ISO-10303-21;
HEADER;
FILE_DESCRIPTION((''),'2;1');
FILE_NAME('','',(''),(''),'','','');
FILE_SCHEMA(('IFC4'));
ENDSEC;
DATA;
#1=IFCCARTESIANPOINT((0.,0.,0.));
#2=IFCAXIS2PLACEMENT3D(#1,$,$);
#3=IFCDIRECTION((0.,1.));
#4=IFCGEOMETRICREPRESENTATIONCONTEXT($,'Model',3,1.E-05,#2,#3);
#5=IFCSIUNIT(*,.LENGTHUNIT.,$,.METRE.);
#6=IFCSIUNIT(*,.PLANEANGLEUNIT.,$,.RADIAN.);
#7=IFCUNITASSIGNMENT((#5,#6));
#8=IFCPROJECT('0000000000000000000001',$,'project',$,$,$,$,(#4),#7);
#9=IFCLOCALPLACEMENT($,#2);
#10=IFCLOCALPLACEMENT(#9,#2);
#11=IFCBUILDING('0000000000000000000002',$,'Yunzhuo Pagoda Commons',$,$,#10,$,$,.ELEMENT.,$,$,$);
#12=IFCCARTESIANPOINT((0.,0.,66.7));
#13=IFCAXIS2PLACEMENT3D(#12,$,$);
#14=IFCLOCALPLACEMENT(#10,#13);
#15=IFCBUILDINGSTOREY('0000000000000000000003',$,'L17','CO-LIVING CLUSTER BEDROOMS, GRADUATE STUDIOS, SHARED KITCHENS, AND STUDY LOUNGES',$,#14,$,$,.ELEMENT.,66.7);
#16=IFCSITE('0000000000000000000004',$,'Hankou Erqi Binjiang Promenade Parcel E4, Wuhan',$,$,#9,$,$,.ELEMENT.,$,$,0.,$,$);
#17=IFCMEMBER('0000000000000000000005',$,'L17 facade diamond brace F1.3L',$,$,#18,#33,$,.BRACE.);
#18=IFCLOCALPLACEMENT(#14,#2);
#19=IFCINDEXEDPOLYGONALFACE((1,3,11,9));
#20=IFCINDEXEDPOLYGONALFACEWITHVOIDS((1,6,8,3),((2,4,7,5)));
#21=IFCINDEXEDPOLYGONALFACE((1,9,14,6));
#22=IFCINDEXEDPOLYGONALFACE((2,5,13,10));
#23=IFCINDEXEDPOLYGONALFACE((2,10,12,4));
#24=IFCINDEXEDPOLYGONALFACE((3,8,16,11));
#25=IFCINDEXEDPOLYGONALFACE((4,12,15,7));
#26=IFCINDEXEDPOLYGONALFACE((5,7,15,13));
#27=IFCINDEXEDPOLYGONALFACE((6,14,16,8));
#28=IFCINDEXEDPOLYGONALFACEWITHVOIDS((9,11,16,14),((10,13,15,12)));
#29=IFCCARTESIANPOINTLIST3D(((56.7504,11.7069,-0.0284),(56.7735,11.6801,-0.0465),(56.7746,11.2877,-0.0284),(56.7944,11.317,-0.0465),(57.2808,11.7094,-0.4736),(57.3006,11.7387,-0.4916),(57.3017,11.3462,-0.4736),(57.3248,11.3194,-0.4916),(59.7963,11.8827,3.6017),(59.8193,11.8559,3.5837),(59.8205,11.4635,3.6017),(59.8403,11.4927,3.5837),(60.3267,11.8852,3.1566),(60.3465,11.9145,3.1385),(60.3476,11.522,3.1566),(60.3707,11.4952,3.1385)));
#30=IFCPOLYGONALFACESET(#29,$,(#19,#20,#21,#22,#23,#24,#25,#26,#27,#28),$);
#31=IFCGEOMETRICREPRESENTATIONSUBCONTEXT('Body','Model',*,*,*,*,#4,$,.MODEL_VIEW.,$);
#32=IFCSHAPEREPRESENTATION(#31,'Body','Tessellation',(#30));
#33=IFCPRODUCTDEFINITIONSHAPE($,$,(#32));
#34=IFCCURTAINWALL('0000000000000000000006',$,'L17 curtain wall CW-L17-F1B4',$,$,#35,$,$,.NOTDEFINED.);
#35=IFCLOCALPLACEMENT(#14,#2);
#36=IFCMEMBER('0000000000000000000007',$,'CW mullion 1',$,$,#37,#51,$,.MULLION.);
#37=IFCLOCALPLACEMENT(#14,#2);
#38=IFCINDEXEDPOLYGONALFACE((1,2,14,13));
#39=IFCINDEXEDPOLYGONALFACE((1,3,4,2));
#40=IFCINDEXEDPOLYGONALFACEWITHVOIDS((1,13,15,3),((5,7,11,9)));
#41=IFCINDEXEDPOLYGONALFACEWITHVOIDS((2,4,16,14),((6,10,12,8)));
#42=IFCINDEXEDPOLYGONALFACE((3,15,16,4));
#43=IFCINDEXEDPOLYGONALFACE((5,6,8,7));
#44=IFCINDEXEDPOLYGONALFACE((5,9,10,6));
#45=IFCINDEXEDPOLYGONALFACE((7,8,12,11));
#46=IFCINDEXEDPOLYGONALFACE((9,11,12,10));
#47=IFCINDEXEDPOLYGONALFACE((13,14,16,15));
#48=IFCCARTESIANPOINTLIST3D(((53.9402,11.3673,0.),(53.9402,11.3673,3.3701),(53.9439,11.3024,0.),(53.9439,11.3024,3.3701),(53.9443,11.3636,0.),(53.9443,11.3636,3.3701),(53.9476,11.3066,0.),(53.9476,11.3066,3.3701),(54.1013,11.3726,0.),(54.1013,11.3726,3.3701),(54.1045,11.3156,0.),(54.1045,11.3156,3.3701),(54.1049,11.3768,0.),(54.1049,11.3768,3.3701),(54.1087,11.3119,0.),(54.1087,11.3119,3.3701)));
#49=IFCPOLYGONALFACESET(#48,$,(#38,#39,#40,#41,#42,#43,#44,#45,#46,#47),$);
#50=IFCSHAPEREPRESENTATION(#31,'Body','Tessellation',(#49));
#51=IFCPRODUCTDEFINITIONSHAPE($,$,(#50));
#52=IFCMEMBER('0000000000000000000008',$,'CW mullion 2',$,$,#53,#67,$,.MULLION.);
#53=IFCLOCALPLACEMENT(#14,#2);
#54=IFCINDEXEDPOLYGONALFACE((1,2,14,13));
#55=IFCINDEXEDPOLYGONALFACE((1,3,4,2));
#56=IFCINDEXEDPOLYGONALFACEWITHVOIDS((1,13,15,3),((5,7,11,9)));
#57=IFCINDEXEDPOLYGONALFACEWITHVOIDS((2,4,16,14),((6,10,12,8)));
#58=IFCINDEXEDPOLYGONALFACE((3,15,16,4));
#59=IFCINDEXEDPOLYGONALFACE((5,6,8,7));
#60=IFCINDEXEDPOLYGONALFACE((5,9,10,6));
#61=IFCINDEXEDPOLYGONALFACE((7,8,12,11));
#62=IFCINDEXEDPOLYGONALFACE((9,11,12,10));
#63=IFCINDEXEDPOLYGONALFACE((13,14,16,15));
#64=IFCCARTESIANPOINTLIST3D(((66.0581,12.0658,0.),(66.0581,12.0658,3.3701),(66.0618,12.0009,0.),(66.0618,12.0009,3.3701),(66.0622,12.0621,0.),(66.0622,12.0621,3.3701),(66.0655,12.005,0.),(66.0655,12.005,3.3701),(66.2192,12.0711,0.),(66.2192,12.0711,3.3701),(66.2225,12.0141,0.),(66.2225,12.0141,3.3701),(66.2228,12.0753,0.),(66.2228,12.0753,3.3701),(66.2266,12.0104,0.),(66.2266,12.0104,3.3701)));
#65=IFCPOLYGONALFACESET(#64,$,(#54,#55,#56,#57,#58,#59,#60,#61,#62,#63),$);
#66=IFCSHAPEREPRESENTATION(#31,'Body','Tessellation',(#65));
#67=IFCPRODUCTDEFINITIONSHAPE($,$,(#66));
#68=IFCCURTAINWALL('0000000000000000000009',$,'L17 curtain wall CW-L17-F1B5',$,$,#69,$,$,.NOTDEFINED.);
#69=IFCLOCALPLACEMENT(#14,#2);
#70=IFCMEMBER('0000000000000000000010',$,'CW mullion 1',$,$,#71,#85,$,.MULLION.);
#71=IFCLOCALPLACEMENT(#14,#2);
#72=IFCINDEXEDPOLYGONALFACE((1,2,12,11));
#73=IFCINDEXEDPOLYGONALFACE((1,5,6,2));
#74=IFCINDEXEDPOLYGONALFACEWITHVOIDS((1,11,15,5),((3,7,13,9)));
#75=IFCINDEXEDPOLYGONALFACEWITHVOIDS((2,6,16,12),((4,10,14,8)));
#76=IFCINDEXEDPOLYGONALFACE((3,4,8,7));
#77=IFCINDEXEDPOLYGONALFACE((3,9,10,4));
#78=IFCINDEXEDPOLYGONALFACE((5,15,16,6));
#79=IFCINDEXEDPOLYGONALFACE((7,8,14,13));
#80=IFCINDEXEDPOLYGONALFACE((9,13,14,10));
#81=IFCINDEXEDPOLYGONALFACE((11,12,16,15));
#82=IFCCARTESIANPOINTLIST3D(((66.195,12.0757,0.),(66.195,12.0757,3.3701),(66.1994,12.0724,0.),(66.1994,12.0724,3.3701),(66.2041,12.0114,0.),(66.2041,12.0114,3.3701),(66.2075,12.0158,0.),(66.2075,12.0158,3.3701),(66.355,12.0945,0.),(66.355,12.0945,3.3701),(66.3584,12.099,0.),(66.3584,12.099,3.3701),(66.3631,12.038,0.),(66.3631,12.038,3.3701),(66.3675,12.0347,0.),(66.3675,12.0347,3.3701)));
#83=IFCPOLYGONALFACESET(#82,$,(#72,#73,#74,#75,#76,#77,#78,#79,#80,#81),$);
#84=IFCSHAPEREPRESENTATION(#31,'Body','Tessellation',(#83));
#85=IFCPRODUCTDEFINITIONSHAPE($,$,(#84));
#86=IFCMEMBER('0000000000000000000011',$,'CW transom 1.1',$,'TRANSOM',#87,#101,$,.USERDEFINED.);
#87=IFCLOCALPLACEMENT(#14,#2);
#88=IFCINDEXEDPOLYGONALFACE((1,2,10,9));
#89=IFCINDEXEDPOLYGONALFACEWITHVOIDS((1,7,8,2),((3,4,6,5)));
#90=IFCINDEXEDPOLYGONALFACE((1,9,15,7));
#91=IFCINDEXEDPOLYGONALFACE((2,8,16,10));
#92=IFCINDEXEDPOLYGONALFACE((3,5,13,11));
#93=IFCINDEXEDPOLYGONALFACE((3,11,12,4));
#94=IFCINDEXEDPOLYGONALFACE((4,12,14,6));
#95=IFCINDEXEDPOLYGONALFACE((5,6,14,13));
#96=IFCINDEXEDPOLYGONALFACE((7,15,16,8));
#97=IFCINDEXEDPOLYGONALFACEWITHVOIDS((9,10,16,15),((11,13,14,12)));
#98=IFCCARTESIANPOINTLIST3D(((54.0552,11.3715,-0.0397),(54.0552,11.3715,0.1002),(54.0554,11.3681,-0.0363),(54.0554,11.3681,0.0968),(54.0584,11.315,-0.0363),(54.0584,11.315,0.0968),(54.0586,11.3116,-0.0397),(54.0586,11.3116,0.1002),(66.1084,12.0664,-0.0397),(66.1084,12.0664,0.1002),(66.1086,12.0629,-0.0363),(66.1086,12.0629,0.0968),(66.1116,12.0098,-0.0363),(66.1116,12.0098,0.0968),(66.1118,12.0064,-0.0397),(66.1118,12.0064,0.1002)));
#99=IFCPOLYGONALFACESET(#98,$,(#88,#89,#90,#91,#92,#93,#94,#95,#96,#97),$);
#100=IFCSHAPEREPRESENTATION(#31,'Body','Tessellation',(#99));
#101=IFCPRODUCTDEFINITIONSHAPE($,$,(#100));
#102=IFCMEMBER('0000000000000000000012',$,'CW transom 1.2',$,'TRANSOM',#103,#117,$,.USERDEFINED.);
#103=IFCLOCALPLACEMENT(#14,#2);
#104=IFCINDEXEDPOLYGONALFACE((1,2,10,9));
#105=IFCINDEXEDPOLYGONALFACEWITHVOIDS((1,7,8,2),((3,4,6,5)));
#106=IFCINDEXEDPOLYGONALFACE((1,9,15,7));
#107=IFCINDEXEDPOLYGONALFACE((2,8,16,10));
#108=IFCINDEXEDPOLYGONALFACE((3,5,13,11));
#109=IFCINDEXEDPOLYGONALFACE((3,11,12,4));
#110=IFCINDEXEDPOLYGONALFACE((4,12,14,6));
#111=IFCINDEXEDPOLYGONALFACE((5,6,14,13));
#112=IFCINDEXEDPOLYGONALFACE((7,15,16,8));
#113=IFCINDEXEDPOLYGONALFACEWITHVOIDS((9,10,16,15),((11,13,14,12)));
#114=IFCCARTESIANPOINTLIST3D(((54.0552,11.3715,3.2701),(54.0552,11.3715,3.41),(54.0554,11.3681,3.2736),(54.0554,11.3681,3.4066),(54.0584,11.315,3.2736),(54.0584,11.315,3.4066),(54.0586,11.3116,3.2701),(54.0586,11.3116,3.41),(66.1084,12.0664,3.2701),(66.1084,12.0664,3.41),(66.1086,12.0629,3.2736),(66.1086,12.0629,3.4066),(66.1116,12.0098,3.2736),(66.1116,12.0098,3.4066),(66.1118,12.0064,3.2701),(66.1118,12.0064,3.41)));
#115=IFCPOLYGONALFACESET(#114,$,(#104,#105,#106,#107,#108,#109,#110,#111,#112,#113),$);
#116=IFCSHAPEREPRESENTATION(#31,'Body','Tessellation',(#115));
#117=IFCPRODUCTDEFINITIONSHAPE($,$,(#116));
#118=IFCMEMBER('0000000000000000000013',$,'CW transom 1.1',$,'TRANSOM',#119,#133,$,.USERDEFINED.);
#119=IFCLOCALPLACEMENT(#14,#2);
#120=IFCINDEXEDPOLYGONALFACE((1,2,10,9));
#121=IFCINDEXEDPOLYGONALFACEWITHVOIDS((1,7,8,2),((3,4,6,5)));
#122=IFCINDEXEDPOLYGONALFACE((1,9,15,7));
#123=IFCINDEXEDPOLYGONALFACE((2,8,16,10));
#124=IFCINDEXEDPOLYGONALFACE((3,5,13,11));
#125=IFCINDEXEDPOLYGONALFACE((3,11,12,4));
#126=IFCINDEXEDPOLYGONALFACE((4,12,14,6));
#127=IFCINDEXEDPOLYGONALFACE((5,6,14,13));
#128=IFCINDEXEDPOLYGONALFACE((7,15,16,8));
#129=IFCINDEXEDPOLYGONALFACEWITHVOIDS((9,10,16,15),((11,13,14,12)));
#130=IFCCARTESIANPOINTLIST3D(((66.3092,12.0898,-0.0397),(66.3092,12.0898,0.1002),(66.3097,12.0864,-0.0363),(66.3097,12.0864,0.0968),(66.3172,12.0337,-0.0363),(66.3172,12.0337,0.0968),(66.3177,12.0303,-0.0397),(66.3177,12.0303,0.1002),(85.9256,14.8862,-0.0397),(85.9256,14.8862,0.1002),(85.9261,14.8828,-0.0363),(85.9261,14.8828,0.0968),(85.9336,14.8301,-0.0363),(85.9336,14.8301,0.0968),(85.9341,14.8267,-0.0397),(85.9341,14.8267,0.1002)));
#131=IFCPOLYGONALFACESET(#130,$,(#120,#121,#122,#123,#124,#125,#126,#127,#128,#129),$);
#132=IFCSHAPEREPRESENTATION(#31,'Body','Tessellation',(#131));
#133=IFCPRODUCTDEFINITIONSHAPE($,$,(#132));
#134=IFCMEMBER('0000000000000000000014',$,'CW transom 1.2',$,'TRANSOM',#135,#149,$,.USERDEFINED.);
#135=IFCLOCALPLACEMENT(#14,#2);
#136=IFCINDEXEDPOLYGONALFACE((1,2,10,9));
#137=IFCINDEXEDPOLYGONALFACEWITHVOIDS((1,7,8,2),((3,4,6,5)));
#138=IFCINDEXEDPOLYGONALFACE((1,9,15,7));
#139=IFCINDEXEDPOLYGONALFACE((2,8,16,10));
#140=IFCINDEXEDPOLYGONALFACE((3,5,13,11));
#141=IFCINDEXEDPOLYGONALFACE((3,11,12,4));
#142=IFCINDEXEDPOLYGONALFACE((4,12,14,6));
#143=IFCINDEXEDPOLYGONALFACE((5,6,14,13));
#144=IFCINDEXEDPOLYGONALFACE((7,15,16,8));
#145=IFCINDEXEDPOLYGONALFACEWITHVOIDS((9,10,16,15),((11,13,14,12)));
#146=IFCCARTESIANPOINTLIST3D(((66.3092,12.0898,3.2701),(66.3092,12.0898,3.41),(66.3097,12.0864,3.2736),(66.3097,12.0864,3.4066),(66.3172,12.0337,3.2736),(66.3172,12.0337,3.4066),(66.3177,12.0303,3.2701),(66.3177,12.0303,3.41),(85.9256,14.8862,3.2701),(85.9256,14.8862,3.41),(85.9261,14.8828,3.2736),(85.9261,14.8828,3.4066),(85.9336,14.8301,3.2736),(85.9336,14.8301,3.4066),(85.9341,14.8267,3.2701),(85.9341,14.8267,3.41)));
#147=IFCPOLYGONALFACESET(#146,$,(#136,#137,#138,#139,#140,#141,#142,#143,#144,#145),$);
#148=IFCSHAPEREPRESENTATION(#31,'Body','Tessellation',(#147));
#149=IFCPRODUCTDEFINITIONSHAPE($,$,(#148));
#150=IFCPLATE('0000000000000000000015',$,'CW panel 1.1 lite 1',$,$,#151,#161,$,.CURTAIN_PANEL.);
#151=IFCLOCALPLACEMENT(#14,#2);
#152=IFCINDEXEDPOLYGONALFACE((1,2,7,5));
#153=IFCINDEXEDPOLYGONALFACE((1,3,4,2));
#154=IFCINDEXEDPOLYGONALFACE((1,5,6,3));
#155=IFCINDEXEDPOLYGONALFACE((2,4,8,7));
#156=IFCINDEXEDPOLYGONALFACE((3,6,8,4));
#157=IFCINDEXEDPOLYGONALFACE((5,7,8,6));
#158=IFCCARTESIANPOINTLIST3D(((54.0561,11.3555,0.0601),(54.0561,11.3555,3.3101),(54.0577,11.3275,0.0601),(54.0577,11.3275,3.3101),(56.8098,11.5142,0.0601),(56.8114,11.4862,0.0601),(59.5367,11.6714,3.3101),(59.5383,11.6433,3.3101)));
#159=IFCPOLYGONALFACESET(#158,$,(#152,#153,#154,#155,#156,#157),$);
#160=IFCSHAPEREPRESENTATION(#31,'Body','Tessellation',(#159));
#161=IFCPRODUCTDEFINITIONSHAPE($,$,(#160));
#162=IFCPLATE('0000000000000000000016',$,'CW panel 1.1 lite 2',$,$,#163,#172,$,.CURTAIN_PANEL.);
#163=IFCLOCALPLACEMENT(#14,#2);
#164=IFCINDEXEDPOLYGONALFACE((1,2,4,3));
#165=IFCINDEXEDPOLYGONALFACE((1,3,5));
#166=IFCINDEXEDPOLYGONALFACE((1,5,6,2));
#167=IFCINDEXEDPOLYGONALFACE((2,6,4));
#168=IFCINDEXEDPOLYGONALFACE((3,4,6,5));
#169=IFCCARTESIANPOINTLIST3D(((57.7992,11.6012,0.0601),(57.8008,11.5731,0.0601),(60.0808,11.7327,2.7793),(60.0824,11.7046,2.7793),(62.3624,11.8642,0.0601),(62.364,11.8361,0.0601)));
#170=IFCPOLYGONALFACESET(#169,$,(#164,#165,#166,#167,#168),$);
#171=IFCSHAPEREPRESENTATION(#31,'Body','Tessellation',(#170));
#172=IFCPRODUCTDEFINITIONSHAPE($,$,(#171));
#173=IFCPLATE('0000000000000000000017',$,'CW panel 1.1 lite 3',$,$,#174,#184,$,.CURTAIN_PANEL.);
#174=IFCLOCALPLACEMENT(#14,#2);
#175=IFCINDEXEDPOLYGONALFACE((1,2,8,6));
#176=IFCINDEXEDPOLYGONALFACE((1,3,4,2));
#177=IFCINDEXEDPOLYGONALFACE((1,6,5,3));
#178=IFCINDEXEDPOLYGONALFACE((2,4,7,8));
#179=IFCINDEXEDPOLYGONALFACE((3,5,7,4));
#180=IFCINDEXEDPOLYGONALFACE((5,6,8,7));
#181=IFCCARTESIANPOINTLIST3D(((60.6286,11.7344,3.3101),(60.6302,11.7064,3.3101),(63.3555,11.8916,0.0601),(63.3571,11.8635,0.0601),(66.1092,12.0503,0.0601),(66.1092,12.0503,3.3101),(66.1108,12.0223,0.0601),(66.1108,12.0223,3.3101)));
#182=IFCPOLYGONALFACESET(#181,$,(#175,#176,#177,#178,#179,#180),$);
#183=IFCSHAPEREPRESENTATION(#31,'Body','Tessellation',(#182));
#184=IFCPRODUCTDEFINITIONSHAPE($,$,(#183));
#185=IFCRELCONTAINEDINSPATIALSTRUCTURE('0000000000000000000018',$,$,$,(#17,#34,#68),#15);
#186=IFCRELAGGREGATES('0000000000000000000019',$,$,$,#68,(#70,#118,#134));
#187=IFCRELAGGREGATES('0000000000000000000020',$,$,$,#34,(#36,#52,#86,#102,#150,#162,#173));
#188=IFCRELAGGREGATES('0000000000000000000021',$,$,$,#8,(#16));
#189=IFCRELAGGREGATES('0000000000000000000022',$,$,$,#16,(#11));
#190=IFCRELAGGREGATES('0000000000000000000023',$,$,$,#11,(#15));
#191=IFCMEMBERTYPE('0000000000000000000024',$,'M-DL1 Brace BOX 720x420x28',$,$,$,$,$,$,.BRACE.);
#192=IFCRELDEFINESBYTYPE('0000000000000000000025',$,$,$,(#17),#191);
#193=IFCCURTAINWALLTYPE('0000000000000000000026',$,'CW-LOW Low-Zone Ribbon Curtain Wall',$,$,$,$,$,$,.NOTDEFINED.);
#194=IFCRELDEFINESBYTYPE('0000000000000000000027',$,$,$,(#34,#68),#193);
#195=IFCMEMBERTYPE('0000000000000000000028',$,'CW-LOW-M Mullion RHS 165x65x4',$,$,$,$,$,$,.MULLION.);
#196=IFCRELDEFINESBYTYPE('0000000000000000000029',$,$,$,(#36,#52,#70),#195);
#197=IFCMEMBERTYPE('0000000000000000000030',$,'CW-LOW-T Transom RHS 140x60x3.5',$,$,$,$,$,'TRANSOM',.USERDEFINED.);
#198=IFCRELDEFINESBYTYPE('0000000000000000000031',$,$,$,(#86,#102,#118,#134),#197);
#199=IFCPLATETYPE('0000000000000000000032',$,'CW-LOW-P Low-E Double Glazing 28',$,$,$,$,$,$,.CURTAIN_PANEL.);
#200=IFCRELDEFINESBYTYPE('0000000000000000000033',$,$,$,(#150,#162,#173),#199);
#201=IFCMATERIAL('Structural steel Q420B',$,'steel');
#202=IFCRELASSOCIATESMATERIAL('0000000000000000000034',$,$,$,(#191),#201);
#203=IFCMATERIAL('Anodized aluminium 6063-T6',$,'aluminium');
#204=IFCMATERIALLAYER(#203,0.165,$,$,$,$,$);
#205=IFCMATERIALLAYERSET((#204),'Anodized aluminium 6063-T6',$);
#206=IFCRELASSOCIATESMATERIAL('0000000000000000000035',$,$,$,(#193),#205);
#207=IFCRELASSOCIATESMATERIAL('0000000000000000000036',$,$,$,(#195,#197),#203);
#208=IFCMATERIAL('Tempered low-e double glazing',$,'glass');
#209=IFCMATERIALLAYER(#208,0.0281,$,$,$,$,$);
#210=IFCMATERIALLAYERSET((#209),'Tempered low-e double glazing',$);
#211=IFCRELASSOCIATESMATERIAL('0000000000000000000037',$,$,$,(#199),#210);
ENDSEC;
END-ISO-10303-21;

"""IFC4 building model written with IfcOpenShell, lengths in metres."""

from ifc_helpers import new_model, si_unit, direction, frame, origin, origin_2d, place, context, subcontext, project, spatial, polyline, hollow_rectangle, outline, extrude, source, transform, mapped, material, layer, layer_set, material_profile, profile_set, type_object, element, aggregate, save


model = new_model("IFC4")

# Units and contexts
model_context = context("Model", 3, precision=1e-05, world=origin(), true_north=direction((0.0, 1.0)))
body_context = subcontext(model_context, "Body", "Model", "MODEL_VIEW")
ifc_project = project(units=[si_unit("LENGTHUNIT", "METRE"), si_unit("PLANEANGLEUNIT", "RADIAN")], contexts=[model_context])

# Site, building, storey
site_placement = place(None, origin())
site = spatial("IfcSite", under=ifc_project, at=site_placement, Name="Hankou Erqi Binjiang Promenade Parcel E4, Wuhan", CompositionType="ELEMENT", RefElevation=0.0)
building_placement = place(site_placement, origin())
building = spatial("IfcBuilding", under=site, at=building_placement, Name="Yunzhuo Pagoda Commons", CompositionType="ELEMENT")
storey_placement = place(building_placement, frame((0.0, 0.0, 66.7)))
storey = spatial("IfcBuildingStorey", under=building, at=storey_placement, Name="L17", Description="CO-LIVING CLUSTER BEDROOMS, GRADUATE STUDIOS, SHARED KITCHENS, AND STUDY LOUNGES", CompositionType="ELEMENT", Elevation=66.7)

# Shared definitions
ifc_material_1 = material(Name="Structural steel Q420B", Category="steel")

# Member
ifc_material_profile_1 = material_profile(ifc_material_1, hollow_rectangle(XDim=0.4199, YDim=0.72, WallThickness=0.0281, at=origin_2d()), Name="Structural steel Q420B")
ifc_profile_set_1 = profile_set([ifc_material_profile_1], Name="Structural steel Q420B")
member_type_1 = type_object("IfcMemberType", Name="M-DL1 Brace BOX 720x420x28", PredefinedType="BRACE", material=ifc_profile_set_1)
shared_shape_1 = source(origin(), body_context, "Body", "SweptSolid", [
    extrude(hollow_rectangle(XDim=0.4199, YDim=0.72, WallThickness=0.0281, at=origin_2d()), origin(), (0.0, 0.0, 1.0), 4.7419),
])
member_1_placement = place(storey_placement, frame((57.0376, 11.5132, -0.26), z_axis=(0.642329, 0.037069, 0.765532), x_axis=(-0.057615, 0.998339, 0.0)))
element("IfcMember", 1, at=member_1_placement, inside=storey, type_object=member_type_1, Name="L17 facade diamond brace F1.3L", PredefinedType="BRACE", context=body_context, shape_type="MappedRepresentation", body=[
    mapped(shared_shape_1, transform((0.0, 0.0, 0.0), scale=1.0)),
])

# Curtain wall, members
ifc_material_2 = material(Name="Anodized aluminium 6063-T6", Category="aluminium")
ifc_layer_1 = layer(ifc_material_2, 0.165)
ifc_layer_set_1 = layer_set([ifc_layer_1], Name="Anodized aluminium 6063-T6")
curtain_wall_type = type_object("IfcCurtainWallType", Name="CW-LOW Low-Zone Ribbon Curtain Wall", PredefinedType="NOTDEFINED", material=ifc_layer_set_1)
curtain_wall_1_placement = place(storey_placement, origin())
curtain_wall_1 = element("IfcCurtainWall", 2, at=curtain_wall_1_placement, inside=storey, type_object=curtain_wall_type, Name="L17 curtain wall CW-L17-F1B4", PredefinedType="NOTDEFINED")
ifc_material_profile_2 = material_profile(ifc_material_2, hollow_rectangle(XDim=0.0649, YDim=0.165, WallThickness=0.0039, at=origin_2d()), Name="Anodized aluminium 6063-T6")
ifc_profile_set_2 = profile_set([ifc_material_profile_2], Name="Anodized aluminium 6063-T6")
member_type_2 = type_object("IfcMemberType", Name="CW-LOW-M Mullion RHS 165x65x4", PredefinedType="MULLION", material=ifc_profile_set_2)
shared_shape_2 = source(origin(), body_context, "Body", "SweptSolid", [
    extrude(hollow_rectangle(XDim=0.0649, YDim=0.165, WallThickness=0.0039, at=origin_2d()), origin(), (0.0, 0.0, 1.0), 3.3701),
])
member_2_placement = place(storey_placement, frame((54.0244, 11.3396, 0.0), z_axis=(0.0, 0.0, 1.0), x_axis=(-0.057542, 0.998343, 0.0)))
member_2 = element("IfcMember", 3, at=member_2_placement, type_object=member_type_2, Name="CW mullion 1", PredefinedType="MULLION", context=body_context, shape_type="MappedRepresentation", body=[
    mapped(shared_shape_2, transform((0.0, 0.0, 0.0), scale=1.0)),
])
member_3_placement = place(storey_placement, frame((66.1423, 12.0381, 0.0), z_axis=(0.0, 0.0, 1.0), x_axis=(-0.057542, 0.998343, 0.0)))
member_3 = element("IfcMember", 4, at=member_3_placement, type_object=member_type_2, Name="CW mullion 2", PredefinedType="MULLION", context=body_context, shape_type="MappedRepresentation", body=[
    mapped(shared_shape_2, transform((0.0, 0.0, 0.0), scale=1.0)),
])

# Curtain wall, member
curtain_wall_2_placement = place(storey_placement, origin())
curtain_wall_2 = element("IfcCurtainWall", 5, at=curtain_wall_2_placement, inside=storey, type_object=curtain_wall_type, Name="L17 curtain wall CW-L17-F1B5", PredefinedType="NOTDEFINED")
member_4_placement = place(storey_placement, frame((66.2812, 12.0552, 0.0), z_axis=(0.0, 0.0, 1.0), x_axis=(-0.14114, 0.98999, 0.0)))
member_4 = element("IfcMember", 6, at=member_4_placement, type_object=member_type_2, Name="CW mullion 1", PredefinedType="MULLION", context=body_context, shape_type="MappedRepresentation", body=[
    mapped(shared_shape_2, transform((0.0, 0.0, 0.0), scale=1.0)),
])

# Members
ifc_material_profile_3 = material_profile(ifc_material_2, hollow_rectangle(XDim=0.0601, YDim=0.1399, WallThickness=0.0034, at=origin_2d()), Name="Anodized aluminium 6063-T6")
ifc_profile_set_3 = profile_set([ifc_material_profile_3], Name="Anodized aluminium 6063-T6")
member_type_3 = type_object("IfcMemberType", Name="CW-LOW-T Transom RHS 140x60x3.5", ElementType="TRANSOM", PredefinedType="USERDEFINED", material=ifc_profile_set_3)
shared_shape_3 = source(origin(), body_context, "Body", "SweptSolid", [
    extrude(hollow_rectangle(XDim=0.0601, YDim=0.1399, WallThickness=0.0034, at=origin_2d()), origin(), (0.0, 0.0, 1.0), 12.0732),
])
member_5_placement = place(storey_placement, frame((54.0569, 11.3416, 0.0303), z_axis=(0.998343, 0.057551, 0.0), x_axis=(-0.057551, 0.998343, 0.0)))
member_5 = element("IfcMember", 7, at=member_5_placement, type_object=member_type_3, Name="CW transom 1.1", ObjectType="TRANSOM", PredefinedType="USERDEFINED", context=body_context, shape_type="MappedRepresentation", body=[
    mapped(shared_shape_3, transform((0.0, 0.0, 0.0), scale=1.0)),
])
member_6_placement = place(storey_placement, frame((54.0569, 11.3416, 3.3401), z_axis=(0.998343, 0.057551, 0.0), x_axis=(-0.057551, 0.998343, 0.0)))
member_6 = element("IfcMember", 8, at=member_6_placement, type_object=member_type_3, Name="CW transom 1.2", ObjectType="TRANSOM", PredefinedType="USERDEFINED", context=body_context, shape_type="MappedRepresentation", body=[
    mapped(shared_shape_3, transform((0.0, 0.0, 0.0), scale=1.0)),
])
shared_shape_4 = source(origin(), body_context, "Body", "SweptSolid", [
    extrude(hollow_rectangle(XDim=0.0601, YDim=0.1399, WallThickness=0.0034, at=origin_2d()), origin(), (0.0, 0.0, 1.0), 19.8147),
])
member_7_placement = place(storey_placement, frame((66.3135, 12.0601, 0.0303), z_axis=(0.989992, 0.141126, 0.0), x_axis=(-0.141126, 0.989992, 0.0)))
member_7 = element("IfcMember", 9, at=member_7_placement, type_object=member_type_3, Name="CW transom 1.1", ObjectType="TRANSOM", PredefinedType="USERDEFINED", context=body_context, shape_type="MappedRepresentation", body=[
    mapped(shared_shape_4, transform((0.0, 0.0, 0.0), scale=1.0)),
])
member_8_placement = place(storey_placement, frame((66.3135, 12.0601, 3.3401), z_axis=(0.989992, 0.141126, 0.0), x_axis=(-0.141126, 0.989992, 0.0)))
member_8 = element("IfcMember", 10, at=member_8_placement, type_object=member_type_3, Name="CW transom 1.2", ObjectType="TRANSOM", PredefinedType="USERDEFINED", context=body_context, shape_type="MappedRepresentation", body=[
    mapped(shared_shape_4, transform((0.0, 0.0, 0.0), scale=1.0)),
])
aggregate(curtain_wall_2, [member_4, member_7, member_8])

# Plates
ifc_material_3 = material(Name="Tempered low-e double glazing", Category="glass")
ifc_layer_2 = layer(ifc_material_3, 0.0281)
ifc_layer_set_2 = layer_set([ifc_layer_2], Name="Tempered low-e double glazing")
plate_type_1 = type_object("IfcPlateType", Name="CW-LOW-P Low-E Double Glazing 28", PredefinedType="CURTAIN_PANEL", material=ifc_layer_set_2)
plate_1_placement = place(storey_placement, frame((56.7964, 11.5134, 1.6851), z_axis=(0.057542, -0.998343, 0.0), x_axis=(0.998343, 0.057542, 0.0)))
plate_1 = element("IfcPlate", 11, at=plate_1_placement, type_object=plate_type_1, Name="CW panel 1.1 lite 1", PredefinedType="CURTAIN_PANEL", context=body_context, shape_type="SweptSolid", body=[
    extrude(outline(polyline([(-2.7449, -1.625), (0.0134, -1.625), (2.7449, 1.625), (-2.7449, 1.625), (-2.7449, -1.625)])), origin(), (0.0, 0.0, 1.0), 0.0281),
])
plate_2_placement = place(storey_placement, frame((60.0808, 11.7327, 1.4197), z_axis=(0.057542, -0.998343, 0.0), x_axis=(0.998343, 0.057542, 0.0)))
plate_2 = element("IfcPlate", 12, at=plate_2_placement, type_object=plate_type_1, Name="CW panel 1.1 lite 2", PredefinedType="CURTAIN_PANEL", context=body_context, shape_type="SweptSolid", body=[
    extrude(outline(polyline([(-2.2854, -1.3596), (2.2854, -1.3596), (0.0, 1.3596), (-2.2854, -1.3596)])), origin(), (0.0, 0.0, 1.0), 0.0281),
])
plate_3_placement = place(storey_placement, frame((63.3689, 11.8923, 1.6851), z_axis=(0.057542, -0.998343, 0.0), x_axis=(0.998343, 0.057542, 0.0)))
plate_3 = element("IfcPlate", 13, at=plate_3_placement, type_object=plate_type_1, Name="CW panel 1.1 lite 3", PredefinedType="CURTAIN_PANEL", context=body_context, shape_type="SweptSolid", body=[
    extrude(outline(polyline([(-2.7449, 1.625), (-0.0134, -1.625), (2.7449, -1.625), (2.7449, 1.625), (-2.7449, 1.625)])), origin(), (0.0, 0.0, 1.0), 0.0281),
])
aggregate(curtain_wall_1, [member_2, member_3, member_5, member_6, plate_1, plate_2, plate_3])

save(model, "model.ifc")
